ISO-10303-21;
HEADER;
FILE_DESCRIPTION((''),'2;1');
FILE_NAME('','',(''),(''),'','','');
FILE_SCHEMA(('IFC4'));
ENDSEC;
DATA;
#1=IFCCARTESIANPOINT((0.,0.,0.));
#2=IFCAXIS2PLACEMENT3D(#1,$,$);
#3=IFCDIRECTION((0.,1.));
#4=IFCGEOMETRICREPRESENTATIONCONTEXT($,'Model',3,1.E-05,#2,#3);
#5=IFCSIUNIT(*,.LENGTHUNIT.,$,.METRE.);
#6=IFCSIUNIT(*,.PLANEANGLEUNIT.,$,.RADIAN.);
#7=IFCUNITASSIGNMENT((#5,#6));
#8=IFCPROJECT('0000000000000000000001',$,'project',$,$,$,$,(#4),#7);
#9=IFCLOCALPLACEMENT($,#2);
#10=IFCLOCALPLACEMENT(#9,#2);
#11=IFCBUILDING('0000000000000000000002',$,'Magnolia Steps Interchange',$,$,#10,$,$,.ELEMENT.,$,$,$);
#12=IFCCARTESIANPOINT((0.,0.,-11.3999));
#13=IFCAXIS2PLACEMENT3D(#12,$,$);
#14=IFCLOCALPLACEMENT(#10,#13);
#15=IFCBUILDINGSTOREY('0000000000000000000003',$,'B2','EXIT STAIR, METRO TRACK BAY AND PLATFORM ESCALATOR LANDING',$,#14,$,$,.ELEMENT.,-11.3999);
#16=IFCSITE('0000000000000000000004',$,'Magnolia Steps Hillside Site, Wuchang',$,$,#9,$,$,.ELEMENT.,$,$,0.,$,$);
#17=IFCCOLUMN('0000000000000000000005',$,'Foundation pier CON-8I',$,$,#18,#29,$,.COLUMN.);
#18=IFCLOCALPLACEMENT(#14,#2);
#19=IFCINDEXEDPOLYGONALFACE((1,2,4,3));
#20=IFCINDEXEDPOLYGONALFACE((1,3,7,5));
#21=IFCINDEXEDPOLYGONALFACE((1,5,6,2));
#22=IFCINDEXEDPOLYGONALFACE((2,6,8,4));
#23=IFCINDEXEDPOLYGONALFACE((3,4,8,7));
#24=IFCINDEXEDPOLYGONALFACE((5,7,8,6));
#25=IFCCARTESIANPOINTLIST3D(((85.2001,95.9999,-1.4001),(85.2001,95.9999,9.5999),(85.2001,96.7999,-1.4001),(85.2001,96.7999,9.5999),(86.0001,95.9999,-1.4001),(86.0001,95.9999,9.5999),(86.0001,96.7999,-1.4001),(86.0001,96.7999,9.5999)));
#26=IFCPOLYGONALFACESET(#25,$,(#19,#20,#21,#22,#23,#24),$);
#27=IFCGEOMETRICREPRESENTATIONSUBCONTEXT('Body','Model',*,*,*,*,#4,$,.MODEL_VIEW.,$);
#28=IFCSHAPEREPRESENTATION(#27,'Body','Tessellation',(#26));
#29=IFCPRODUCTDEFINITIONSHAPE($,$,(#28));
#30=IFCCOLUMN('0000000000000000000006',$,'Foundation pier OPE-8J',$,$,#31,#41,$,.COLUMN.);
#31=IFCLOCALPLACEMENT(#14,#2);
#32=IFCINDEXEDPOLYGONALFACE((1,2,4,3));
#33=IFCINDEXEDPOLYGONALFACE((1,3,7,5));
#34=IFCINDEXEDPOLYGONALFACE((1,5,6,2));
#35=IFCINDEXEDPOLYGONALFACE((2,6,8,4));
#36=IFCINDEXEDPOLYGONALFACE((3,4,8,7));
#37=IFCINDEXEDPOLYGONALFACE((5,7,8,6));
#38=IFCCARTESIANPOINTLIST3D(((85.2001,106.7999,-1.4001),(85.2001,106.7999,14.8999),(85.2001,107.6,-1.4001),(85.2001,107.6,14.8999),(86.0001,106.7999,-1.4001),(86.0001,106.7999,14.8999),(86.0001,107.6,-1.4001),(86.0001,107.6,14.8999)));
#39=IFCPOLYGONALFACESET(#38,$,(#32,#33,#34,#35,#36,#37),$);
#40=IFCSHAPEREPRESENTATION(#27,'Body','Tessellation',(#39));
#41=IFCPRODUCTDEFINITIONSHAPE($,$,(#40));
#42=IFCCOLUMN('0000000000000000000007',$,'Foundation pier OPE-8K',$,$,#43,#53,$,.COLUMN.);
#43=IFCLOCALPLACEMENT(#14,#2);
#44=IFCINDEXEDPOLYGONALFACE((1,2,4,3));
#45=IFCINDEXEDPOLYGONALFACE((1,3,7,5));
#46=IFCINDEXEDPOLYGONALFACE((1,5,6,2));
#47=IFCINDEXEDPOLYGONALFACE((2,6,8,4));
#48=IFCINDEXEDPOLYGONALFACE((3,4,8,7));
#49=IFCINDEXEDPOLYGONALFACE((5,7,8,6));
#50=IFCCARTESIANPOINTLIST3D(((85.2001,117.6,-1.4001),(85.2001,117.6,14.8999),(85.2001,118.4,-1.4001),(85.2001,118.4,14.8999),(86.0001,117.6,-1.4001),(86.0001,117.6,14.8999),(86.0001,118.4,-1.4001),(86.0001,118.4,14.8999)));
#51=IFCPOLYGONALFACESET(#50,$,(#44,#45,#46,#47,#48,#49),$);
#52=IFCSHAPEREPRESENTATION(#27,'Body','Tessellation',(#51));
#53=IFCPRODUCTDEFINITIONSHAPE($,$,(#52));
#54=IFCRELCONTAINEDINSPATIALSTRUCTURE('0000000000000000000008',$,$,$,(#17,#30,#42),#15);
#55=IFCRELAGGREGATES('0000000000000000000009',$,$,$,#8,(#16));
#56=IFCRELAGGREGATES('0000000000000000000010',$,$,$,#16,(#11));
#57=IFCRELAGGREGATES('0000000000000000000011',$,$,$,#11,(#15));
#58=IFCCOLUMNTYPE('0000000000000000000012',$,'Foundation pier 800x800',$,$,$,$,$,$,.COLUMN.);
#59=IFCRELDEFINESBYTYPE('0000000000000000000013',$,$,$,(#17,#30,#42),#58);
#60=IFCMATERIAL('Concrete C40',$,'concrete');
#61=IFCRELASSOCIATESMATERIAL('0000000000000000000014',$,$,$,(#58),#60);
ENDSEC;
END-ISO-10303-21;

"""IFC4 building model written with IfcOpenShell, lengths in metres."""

from ifc_helpers import new_model, si_unit, direction, frame, origin, origin_2d, place, context, subcontext, project, spatial, rectangle, extrude, material, material_profile, profile_set, type_object, element, save


model = new_model("IFC4")

# Units and contexts
model_context = context("Model", 3, precision=1e-05, world=origin(), true_north=direction((0.0, 1.0)))
body_context = subcontext(model_context, "Body", "Model", "MODEL_VIEW")
ifc_project = project(units=[si_unit("LENGTHUNIT", "METRE"), si_unit("PLANEANGLEUNIT", "RADIAN")], contexts=[model_context])

# Site, building, storey
site_placement = place(None, origin())
site = spatial("IfcSite", under=ifc_project, at=site_placement, Name="Magnolia Steps Hillside Site, Wuchang", CompositionType="ELEMENT", RefElevation=0.0)
building_placement = place(site_placement, origin())
building = spatial("IfcBuilding", under=site, at=building_placement, Name="Magnolia Steps Interchange", CompositionType="ELEMENT")
storey_placement = place(building_placement, frame((0.0, 0.0, -11.3999)))
storey = spatial("IfcBuildingStorey", under=building, at=storey_placement, Name="B2", Description="EXIT STAIR, METRO TRACK BAY AND PLATFORM ESCALATOR LANDING", CompositionType="ELEMENT", Elevation=-11.3999)

# Columns
ifc_material_1 = material(Name="Concrete C40", Category="concrete")
ifc_material_profile_1 = material_profile(ifc_material_1, rectangle(XDim=0.8, YDim=0.8, at=origin_2d()), Name="RC800x800")
ifc_profile_set_1 = profile_set([ifc_material_profile_1], Name="Concrete C40")
column_type = type_object("IfcColumnType", Name="Foundation pier 800x800", PredefinedType="COLUMN", material=ifc_profile_set_1)
column_placement = place(storey_placement, frame((85.6001, 96.3999, -1.4001), z_axis=(0.0, 0.0, 1.0), x_axis=(1.0, 0.0, 0.0)))
element("IfcColumn", 1, at=column_placement, inside=storey, type_object=column_type, Name="Foundation pier CON-8I", PredefinedType="COLUMN", context=body_context, shape_type="SweptSolid", body=[
    extrude(rectangle(XDim=0.8, YDim=0.8, at=origin_2d()), origin(), (0.0, 0.0, 1.0), 11.0),
])
for number, where, z_axis, x_axis, name in (
    (2, (85.6001, 107.2, -1.4001), (0.0, 0.0, 1.0), (1.0, 0.0, 0.0), "Foundation pier OPE-8J"),
    (3, (85.6001, 118.0, -1.4001), (0.0, 0.0, 1.0), (1.0, 0.0, 0.0), "Foundation pier OPE-8K"),
):
    element("IfcColumn", number, at=place(storey_placement, frame(where, z_axis=z_axis, x_axis=x_axis)), inside=storey, type_object=column_type, Name=name, PredefinedType="COLUMN", context=body_context, shape_type="SweptSolid", body=[
        extrude(rectangle(XDim=0.8, YDim=0.8, at=origin_2d()), origin(), (0.0, 0.0, 1.0), 16.3),
    ])

save(model, "model.ifc")
